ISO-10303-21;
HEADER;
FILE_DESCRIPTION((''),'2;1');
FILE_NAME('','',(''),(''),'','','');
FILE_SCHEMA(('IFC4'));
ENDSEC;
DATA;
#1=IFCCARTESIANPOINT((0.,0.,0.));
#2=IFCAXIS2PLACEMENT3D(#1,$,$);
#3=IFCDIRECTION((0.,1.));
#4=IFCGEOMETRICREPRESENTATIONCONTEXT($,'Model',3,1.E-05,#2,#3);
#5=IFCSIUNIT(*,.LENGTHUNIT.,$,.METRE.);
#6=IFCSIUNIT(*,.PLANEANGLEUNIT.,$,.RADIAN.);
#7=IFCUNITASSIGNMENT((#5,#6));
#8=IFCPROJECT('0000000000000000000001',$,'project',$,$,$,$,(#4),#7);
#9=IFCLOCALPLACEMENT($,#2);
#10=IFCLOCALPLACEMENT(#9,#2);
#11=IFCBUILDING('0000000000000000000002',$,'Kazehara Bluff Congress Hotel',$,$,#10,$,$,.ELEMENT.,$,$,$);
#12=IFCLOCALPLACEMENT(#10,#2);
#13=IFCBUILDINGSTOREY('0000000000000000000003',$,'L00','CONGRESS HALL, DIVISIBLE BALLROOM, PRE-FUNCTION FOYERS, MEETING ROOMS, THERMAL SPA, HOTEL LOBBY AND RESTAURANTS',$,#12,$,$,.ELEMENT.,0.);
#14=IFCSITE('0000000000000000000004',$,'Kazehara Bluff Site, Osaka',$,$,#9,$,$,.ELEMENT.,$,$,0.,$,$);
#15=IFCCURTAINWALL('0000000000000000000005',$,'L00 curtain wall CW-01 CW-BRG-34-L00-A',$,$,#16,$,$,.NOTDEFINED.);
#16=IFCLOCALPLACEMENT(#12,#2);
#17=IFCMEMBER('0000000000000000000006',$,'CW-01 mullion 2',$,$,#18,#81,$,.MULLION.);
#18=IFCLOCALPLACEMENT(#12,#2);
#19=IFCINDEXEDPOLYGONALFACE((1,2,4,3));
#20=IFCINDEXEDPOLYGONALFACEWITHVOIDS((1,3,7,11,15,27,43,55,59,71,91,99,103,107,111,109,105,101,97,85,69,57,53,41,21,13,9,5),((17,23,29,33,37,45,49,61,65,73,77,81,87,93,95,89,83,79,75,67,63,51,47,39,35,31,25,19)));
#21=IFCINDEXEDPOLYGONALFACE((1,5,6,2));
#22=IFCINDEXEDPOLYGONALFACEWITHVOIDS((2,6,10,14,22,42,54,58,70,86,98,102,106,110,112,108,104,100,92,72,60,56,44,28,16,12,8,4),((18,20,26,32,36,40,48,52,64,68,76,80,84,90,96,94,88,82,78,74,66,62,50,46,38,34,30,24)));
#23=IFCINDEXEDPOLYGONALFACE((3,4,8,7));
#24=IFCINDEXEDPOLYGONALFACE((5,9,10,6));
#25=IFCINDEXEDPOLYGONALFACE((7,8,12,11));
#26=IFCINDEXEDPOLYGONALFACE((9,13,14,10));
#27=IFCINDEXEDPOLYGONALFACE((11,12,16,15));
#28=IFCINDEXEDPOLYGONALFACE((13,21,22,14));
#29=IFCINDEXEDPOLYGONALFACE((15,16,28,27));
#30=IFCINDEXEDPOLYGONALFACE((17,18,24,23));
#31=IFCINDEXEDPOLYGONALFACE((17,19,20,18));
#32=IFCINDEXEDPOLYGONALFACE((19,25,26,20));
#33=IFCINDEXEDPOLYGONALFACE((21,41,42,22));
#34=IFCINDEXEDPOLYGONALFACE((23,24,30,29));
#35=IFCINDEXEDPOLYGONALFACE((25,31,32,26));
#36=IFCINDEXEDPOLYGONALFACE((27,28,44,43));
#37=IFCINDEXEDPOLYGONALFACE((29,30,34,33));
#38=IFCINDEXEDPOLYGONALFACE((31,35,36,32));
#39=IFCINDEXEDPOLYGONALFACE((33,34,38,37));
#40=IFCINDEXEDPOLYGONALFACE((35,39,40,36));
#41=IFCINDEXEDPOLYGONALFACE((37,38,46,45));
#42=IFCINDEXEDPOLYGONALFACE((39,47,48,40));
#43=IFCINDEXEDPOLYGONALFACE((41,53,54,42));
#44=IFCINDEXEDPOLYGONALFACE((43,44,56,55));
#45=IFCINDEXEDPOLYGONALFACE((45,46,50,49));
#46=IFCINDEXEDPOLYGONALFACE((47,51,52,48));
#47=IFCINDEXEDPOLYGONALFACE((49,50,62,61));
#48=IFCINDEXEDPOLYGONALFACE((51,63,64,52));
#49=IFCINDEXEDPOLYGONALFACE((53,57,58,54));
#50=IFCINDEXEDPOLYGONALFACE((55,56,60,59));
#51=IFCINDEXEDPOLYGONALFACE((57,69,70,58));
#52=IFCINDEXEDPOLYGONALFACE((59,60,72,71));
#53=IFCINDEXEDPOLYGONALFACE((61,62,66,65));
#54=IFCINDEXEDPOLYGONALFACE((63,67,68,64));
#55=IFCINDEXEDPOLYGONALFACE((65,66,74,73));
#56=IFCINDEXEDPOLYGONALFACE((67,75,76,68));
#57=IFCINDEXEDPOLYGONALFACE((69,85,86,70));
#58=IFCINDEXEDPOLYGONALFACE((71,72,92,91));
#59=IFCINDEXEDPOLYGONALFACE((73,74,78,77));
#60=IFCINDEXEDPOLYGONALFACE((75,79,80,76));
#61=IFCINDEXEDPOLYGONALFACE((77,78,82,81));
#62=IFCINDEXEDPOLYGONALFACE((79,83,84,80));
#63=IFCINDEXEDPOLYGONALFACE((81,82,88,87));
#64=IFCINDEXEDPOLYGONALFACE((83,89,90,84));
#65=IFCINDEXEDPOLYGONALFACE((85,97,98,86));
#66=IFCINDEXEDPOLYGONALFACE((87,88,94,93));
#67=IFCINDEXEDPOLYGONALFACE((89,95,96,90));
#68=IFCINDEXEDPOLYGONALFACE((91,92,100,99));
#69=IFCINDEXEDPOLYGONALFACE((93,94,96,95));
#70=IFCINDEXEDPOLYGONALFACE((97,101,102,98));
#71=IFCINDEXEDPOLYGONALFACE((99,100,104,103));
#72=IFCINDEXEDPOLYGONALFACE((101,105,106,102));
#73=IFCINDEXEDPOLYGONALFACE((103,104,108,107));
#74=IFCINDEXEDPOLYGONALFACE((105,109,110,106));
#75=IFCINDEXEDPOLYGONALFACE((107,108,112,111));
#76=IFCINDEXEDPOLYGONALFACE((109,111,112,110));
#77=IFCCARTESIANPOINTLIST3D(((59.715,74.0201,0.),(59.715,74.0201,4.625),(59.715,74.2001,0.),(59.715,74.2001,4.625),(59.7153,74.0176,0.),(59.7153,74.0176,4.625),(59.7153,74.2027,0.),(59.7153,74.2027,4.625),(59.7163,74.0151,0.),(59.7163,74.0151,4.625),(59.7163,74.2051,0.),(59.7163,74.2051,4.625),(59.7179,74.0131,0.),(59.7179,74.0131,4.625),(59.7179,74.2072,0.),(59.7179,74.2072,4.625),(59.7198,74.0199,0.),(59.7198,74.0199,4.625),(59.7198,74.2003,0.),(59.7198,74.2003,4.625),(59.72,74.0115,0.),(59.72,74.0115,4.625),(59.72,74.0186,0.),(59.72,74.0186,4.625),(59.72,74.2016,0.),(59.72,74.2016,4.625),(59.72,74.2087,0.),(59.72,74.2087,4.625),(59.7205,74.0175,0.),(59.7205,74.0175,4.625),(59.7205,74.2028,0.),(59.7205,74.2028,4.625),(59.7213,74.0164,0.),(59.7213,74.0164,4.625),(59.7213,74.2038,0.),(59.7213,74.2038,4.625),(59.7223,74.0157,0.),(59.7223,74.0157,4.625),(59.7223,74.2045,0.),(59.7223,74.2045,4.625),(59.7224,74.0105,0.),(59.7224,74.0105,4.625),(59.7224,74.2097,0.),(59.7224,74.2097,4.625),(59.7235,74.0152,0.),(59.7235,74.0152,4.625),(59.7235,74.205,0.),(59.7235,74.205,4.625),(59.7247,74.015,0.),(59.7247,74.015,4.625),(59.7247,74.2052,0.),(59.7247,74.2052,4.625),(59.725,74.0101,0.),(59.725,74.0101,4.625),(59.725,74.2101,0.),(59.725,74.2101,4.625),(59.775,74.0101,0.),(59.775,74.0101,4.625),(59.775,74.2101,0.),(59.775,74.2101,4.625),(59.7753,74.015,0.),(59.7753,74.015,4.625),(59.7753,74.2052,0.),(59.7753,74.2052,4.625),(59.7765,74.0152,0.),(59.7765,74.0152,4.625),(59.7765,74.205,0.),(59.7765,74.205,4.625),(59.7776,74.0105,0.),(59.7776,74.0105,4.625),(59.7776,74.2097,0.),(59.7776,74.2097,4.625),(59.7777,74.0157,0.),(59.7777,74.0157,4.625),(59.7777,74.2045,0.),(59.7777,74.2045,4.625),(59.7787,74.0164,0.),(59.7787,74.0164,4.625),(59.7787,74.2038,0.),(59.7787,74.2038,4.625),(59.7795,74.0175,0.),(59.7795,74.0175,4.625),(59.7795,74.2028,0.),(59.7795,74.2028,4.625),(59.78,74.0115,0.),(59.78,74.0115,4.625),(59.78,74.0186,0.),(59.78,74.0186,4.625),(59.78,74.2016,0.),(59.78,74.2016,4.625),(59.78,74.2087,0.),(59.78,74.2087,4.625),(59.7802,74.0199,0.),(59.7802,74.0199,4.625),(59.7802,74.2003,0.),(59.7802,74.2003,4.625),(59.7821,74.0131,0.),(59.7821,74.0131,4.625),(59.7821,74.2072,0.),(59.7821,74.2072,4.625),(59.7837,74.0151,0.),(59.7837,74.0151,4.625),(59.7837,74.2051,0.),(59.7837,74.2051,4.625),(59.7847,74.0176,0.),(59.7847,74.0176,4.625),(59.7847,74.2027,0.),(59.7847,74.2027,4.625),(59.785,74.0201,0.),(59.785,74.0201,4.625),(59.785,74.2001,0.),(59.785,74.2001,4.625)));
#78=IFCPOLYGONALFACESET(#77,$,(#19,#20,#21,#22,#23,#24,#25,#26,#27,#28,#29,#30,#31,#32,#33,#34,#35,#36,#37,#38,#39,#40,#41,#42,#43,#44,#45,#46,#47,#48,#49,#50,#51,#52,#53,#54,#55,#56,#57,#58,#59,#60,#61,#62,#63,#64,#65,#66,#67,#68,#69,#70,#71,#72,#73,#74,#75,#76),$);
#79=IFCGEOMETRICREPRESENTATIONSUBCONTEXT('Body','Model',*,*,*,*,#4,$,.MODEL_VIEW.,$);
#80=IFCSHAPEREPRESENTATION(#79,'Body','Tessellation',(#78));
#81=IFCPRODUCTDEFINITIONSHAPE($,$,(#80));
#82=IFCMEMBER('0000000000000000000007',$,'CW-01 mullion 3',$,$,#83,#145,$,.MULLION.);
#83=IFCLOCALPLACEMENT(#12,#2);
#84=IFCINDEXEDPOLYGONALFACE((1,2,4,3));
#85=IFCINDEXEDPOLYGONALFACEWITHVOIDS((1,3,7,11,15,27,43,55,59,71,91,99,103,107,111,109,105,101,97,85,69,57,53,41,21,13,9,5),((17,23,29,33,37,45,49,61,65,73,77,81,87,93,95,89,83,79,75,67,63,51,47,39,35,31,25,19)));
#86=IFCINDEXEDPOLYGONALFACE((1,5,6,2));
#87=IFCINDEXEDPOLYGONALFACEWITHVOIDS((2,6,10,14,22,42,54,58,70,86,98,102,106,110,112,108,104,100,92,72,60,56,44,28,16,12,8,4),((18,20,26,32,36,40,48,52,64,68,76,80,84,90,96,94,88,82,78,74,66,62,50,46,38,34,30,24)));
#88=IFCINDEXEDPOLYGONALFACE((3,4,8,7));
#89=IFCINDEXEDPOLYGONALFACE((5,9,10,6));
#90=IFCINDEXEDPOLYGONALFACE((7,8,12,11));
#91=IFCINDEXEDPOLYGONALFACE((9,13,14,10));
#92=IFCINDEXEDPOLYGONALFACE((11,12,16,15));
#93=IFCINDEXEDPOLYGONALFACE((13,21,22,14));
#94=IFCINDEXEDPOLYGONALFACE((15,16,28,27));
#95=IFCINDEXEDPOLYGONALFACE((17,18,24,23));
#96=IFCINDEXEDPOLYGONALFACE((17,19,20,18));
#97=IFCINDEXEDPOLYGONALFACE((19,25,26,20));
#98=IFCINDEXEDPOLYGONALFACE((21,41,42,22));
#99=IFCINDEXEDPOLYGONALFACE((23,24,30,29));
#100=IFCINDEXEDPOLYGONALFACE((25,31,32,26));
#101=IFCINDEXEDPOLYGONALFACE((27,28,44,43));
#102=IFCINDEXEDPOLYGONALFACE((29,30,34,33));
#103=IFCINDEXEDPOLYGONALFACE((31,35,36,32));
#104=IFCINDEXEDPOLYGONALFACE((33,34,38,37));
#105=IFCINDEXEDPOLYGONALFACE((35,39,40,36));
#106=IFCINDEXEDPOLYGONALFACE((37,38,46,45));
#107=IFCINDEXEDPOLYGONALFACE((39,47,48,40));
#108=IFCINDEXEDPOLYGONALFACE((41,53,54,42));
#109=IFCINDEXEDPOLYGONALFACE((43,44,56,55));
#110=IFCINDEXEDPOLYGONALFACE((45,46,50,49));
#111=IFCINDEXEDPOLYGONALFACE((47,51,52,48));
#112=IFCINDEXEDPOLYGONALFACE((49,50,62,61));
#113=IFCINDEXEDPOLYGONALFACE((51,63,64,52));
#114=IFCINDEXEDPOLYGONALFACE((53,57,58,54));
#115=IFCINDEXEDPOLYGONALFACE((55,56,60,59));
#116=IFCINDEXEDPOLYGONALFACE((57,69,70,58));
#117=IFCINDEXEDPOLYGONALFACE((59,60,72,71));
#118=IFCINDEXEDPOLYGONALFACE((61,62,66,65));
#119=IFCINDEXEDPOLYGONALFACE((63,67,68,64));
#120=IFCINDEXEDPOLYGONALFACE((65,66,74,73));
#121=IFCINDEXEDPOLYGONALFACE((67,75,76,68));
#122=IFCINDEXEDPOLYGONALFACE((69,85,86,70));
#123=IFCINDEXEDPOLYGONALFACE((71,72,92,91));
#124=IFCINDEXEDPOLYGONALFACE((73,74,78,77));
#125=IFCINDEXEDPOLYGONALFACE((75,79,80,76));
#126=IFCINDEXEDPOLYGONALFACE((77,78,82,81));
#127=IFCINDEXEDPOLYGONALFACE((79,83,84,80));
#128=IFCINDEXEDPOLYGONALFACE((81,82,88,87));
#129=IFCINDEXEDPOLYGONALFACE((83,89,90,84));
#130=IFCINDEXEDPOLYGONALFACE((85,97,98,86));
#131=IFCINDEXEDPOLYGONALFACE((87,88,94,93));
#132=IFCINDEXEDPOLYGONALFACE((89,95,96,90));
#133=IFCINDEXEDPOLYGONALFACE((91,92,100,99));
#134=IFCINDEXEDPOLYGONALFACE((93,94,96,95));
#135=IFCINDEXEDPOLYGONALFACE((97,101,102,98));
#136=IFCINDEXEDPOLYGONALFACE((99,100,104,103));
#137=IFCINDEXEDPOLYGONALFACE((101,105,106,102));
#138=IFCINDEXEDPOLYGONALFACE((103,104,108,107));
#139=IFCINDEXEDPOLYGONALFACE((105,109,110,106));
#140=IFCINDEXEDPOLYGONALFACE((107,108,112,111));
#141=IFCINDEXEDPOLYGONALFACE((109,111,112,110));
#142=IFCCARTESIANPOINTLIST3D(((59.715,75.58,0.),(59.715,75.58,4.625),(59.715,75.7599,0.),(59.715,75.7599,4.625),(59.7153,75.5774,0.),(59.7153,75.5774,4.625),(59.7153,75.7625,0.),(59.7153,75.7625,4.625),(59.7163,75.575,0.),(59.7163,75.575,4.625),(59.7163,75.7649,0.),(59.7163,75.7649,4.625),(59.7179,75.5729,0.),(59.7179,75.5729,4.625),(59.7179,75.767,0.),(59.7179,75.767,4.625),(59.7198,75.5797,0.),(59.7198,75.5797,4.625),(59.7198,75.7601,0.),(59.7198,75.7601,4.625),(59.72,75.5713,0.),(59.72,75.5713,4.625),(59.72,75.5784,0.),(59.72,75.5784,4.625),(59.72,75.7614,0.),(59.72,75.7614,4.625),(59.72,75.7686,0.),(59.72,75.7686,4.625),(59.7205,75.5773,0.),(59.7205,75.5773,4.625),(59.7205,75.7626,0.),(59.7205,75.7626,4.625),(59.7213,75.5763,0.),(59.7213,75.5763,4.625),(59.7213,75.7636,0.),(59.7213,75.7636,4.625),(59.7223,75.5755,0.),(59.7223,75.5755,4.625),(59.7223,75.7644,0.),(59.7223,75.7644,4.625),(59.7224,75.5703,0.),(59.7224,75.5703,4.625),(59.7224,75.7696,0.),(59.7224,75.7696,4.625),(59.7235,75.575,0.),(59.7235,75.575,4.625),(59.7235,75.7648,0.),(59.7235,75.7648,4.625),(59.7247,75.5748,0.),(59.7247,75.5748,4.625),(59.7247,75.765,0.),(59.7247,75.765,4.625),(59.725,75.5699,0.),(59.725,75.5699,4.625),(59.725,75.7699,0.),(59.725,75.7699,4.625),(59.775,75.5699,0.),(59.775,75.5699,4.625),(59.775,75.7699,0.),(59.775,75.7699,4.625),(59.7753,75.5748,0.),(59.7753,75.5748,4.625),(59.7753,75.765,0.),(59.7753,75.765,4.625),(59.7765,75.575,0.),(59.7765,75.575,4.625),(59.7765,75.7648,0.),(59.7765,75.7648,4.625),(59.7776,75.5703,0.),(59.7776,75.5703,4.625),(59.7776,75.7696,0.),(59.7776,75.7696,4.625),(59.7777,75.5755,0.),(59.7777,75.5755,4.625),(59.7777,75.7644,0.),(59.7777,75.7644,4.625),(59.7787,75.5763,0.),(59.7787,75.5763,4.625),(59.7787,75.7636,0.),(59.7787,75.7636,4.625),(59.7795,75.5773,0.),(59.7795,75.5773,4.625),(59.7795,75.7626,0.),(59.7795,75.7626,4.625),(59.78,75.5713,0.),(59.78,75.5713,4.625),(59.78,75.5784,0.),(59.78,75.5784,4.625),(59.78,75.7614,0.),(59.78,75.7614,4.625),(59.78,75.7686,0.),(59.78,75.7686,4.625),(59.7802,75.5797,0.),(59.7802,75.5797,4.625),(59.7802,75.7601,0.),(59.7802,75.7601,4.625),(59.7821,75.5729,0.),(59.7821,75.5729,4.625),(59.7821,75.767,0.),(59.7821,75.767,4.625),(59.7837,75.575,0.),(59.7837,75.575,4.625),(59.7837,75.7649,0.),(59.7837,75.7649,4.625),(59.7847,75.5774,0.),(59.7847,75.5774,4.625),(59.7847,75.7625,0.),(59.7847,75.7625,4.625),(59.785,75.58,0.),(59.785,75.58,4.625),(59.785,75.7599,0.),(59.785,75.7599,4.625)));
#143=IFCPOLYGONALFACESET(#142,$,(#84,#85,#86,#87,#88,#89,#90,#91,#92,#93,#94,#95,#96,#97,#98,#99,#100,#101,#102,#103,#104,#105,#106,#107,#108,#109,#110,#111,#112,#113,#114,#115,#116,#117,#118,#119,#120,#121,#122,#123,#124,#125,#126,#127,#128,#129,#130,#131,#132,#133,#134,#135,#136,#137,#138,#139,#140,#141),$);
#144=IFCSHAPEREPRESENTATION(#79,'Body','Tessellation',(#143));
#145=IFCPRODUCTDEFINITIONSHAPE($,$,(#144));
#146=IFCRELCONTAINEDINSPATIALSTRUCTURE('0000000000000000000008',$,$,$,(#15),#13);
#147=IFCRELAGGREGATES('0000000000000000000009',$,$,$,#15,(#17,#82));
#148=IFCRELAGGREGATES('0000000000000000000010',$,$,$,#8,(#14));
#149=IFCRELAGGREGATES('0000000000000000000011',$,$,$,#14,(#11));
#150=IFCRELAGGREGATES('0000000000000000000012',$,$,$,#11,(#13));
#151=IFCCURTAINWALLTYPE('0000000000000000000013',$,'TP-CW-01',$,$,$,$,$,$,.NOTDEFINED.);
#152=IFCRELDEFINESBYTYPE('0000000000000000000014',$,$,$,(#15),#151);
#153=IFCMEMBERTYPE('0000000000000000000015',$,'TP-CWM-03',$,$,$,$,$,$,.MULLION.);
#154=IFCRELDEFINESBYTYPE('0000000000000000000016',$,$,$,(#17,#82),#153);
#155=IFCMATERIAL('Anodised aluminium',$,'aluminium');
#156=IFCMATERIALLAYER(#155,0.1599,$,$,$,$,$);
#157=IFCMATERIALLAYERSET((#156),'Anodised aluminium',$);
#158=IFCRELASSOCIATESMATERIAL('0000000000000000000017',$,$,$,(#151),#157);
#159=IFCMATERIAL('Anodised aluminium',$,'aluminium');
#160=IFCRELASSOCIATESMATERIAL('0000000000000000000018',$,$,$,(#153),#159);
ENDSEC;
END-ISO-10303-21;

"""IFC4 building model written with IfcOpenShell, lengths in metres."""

from ifc_helpers import new_model, si_unit, direction, frame, origin, origin_2d, place, context, subcontext, project, spatial, hollow_rectangle, extrude, material, layer, layer_set, material_profile, profile_set, type_object, element, aggregate, save


model = new_model("IFC4")

# Units and contexts
model_context = context("Model", 3, precision=1e-05, world=origin(), true_north=direction((0.0, 1.0)))
body_context = subcontext(model_context, "Body", "Model", "MODEL_VIEW")
ifc_project = project(units=[si_unit("LENGTHUNIT", "METRE"), si_unit("PLANEANGLEUNIT", "RADIAN")], contexts=[model_context])

# Site, building, storey
site_placement = place(None, origin())
site = spatial("IfcSite", under=ifc_project, at=site_placement, Name="Kazehara Bluff Site, Osaka", CompositionType="ELEMENT", RefElevation=0.0)
building_placement = place(site_placement, origin())
building = spatial("IfcBuilding", under=site, at=building_placement, Name="Kazehara Bluff Congress Hotel", CompositionType="ELEMENT")
storey_placement = place(building_placement, origin())
storey = spatial("IfcBuildingStorey", under=building, at=storey_placement, Name="L00", Description="CONGRESS HALL, DIVISIBLE BALLROOM, PRE-FUNCTION FOYERS, MEETING ROOMS, THERMAL SPA, HOTEL LOBBY AND RESTAURANTS", CompositionType="ELEMENT", Elevation=0.0)

# Curtain wall, members
ifc_material_1 = material(Name="Anodised aluminium", Category="aluminium")
ifc_layer_1 = layer(ifc_material_1, 0.1599)
ifc_layer_set_1 = layer_set([ifc_layer_1], Name="Anodised aluminium")
curtain_wall_type = type_object("IfcCurtainWallType", Name="TP-CW-01", PredefinedType="NOTDEFINED", material=ifc_layer_set_1)
curtain_wall_1_placement = place(storey_placement, origin())
curtain_wall_1 = element("IfcCurtainWall", 1, at=curtain_wall_1_placement, inside=storey, type_object=curtain_wall_type, Name="L00 curtain wall CW-01 CW-BRG-34-L00-A", PredefinedType="NOTDEFINED")
ifc_material_2 = material(Name="Anodised aluminium", Category="aluminium")
ifc_material_profile_1 = material_profile(ifc_material_2, hollow_rectangle(XDim=0.0701, YDim=0.2, WallThickness=0.0049, InnerFilletRadius=0.0049, OuterFilletRadius=0.01, at=origin_2d()))
ifc_profile_set_1 = profile_set([ifc_material_profile_1], Name="Anodised aluminium")
member_type_1 = type_object("IfcMemberType", Name="TP-CWM-03", PredefinedType="MULLION", material=ifc_profile_set_1)
member_1_placement = place(storey_placement, frame((59.75, 74.1101, 0.0), z_axis=(0.0, 0.0, 1.0), x_axis=(-1.0, 0.0, 0.0)))
member_1 = element("IfcMember", 2, at=member_1_placement, type_object=member_type_1, Name="CW-01 mullion 2", PredefinedType="MULLION", context=body_context, shape_type="SweptSolid", body=[
    extrude(hollow_rectangle(XDim=0.0701, YDim=0.2, WallThickness=0.0049, InnerFilletRadius=0.0049, OuterFilletRadius=0.01, at=origin_2d()), origin(), (0.0, 0.0, 1.0), 4.625),
])
member_2_placement = place(storey_placement, frame((59.75, 75.6699, 0.0), z_axis=(0.0, 0.0, 1.0), x_axis=(-1.0, 0.0, 0.0)))
member_2 = element("IfcMember", 3, at=member_2_placement, type_object=member_type_1, Name="CW-01 mullion 3", PredefinedType="MULLION", context=body_context, shape_type="SweptSolid", body=[
    extrude(hollow_rectangle(XDim=0.0701, YDim=0.2, WallThickness=0.0049, InnerFilletRadius=0.0049, OuterFilletRadius=0.01, at=origin_2d()), origin(), (0.0, 0.0, 1.0), 4.625),
])

aggregate(curtain_wall_1, [member_1, member_2])

save(model, "model.ifc")
